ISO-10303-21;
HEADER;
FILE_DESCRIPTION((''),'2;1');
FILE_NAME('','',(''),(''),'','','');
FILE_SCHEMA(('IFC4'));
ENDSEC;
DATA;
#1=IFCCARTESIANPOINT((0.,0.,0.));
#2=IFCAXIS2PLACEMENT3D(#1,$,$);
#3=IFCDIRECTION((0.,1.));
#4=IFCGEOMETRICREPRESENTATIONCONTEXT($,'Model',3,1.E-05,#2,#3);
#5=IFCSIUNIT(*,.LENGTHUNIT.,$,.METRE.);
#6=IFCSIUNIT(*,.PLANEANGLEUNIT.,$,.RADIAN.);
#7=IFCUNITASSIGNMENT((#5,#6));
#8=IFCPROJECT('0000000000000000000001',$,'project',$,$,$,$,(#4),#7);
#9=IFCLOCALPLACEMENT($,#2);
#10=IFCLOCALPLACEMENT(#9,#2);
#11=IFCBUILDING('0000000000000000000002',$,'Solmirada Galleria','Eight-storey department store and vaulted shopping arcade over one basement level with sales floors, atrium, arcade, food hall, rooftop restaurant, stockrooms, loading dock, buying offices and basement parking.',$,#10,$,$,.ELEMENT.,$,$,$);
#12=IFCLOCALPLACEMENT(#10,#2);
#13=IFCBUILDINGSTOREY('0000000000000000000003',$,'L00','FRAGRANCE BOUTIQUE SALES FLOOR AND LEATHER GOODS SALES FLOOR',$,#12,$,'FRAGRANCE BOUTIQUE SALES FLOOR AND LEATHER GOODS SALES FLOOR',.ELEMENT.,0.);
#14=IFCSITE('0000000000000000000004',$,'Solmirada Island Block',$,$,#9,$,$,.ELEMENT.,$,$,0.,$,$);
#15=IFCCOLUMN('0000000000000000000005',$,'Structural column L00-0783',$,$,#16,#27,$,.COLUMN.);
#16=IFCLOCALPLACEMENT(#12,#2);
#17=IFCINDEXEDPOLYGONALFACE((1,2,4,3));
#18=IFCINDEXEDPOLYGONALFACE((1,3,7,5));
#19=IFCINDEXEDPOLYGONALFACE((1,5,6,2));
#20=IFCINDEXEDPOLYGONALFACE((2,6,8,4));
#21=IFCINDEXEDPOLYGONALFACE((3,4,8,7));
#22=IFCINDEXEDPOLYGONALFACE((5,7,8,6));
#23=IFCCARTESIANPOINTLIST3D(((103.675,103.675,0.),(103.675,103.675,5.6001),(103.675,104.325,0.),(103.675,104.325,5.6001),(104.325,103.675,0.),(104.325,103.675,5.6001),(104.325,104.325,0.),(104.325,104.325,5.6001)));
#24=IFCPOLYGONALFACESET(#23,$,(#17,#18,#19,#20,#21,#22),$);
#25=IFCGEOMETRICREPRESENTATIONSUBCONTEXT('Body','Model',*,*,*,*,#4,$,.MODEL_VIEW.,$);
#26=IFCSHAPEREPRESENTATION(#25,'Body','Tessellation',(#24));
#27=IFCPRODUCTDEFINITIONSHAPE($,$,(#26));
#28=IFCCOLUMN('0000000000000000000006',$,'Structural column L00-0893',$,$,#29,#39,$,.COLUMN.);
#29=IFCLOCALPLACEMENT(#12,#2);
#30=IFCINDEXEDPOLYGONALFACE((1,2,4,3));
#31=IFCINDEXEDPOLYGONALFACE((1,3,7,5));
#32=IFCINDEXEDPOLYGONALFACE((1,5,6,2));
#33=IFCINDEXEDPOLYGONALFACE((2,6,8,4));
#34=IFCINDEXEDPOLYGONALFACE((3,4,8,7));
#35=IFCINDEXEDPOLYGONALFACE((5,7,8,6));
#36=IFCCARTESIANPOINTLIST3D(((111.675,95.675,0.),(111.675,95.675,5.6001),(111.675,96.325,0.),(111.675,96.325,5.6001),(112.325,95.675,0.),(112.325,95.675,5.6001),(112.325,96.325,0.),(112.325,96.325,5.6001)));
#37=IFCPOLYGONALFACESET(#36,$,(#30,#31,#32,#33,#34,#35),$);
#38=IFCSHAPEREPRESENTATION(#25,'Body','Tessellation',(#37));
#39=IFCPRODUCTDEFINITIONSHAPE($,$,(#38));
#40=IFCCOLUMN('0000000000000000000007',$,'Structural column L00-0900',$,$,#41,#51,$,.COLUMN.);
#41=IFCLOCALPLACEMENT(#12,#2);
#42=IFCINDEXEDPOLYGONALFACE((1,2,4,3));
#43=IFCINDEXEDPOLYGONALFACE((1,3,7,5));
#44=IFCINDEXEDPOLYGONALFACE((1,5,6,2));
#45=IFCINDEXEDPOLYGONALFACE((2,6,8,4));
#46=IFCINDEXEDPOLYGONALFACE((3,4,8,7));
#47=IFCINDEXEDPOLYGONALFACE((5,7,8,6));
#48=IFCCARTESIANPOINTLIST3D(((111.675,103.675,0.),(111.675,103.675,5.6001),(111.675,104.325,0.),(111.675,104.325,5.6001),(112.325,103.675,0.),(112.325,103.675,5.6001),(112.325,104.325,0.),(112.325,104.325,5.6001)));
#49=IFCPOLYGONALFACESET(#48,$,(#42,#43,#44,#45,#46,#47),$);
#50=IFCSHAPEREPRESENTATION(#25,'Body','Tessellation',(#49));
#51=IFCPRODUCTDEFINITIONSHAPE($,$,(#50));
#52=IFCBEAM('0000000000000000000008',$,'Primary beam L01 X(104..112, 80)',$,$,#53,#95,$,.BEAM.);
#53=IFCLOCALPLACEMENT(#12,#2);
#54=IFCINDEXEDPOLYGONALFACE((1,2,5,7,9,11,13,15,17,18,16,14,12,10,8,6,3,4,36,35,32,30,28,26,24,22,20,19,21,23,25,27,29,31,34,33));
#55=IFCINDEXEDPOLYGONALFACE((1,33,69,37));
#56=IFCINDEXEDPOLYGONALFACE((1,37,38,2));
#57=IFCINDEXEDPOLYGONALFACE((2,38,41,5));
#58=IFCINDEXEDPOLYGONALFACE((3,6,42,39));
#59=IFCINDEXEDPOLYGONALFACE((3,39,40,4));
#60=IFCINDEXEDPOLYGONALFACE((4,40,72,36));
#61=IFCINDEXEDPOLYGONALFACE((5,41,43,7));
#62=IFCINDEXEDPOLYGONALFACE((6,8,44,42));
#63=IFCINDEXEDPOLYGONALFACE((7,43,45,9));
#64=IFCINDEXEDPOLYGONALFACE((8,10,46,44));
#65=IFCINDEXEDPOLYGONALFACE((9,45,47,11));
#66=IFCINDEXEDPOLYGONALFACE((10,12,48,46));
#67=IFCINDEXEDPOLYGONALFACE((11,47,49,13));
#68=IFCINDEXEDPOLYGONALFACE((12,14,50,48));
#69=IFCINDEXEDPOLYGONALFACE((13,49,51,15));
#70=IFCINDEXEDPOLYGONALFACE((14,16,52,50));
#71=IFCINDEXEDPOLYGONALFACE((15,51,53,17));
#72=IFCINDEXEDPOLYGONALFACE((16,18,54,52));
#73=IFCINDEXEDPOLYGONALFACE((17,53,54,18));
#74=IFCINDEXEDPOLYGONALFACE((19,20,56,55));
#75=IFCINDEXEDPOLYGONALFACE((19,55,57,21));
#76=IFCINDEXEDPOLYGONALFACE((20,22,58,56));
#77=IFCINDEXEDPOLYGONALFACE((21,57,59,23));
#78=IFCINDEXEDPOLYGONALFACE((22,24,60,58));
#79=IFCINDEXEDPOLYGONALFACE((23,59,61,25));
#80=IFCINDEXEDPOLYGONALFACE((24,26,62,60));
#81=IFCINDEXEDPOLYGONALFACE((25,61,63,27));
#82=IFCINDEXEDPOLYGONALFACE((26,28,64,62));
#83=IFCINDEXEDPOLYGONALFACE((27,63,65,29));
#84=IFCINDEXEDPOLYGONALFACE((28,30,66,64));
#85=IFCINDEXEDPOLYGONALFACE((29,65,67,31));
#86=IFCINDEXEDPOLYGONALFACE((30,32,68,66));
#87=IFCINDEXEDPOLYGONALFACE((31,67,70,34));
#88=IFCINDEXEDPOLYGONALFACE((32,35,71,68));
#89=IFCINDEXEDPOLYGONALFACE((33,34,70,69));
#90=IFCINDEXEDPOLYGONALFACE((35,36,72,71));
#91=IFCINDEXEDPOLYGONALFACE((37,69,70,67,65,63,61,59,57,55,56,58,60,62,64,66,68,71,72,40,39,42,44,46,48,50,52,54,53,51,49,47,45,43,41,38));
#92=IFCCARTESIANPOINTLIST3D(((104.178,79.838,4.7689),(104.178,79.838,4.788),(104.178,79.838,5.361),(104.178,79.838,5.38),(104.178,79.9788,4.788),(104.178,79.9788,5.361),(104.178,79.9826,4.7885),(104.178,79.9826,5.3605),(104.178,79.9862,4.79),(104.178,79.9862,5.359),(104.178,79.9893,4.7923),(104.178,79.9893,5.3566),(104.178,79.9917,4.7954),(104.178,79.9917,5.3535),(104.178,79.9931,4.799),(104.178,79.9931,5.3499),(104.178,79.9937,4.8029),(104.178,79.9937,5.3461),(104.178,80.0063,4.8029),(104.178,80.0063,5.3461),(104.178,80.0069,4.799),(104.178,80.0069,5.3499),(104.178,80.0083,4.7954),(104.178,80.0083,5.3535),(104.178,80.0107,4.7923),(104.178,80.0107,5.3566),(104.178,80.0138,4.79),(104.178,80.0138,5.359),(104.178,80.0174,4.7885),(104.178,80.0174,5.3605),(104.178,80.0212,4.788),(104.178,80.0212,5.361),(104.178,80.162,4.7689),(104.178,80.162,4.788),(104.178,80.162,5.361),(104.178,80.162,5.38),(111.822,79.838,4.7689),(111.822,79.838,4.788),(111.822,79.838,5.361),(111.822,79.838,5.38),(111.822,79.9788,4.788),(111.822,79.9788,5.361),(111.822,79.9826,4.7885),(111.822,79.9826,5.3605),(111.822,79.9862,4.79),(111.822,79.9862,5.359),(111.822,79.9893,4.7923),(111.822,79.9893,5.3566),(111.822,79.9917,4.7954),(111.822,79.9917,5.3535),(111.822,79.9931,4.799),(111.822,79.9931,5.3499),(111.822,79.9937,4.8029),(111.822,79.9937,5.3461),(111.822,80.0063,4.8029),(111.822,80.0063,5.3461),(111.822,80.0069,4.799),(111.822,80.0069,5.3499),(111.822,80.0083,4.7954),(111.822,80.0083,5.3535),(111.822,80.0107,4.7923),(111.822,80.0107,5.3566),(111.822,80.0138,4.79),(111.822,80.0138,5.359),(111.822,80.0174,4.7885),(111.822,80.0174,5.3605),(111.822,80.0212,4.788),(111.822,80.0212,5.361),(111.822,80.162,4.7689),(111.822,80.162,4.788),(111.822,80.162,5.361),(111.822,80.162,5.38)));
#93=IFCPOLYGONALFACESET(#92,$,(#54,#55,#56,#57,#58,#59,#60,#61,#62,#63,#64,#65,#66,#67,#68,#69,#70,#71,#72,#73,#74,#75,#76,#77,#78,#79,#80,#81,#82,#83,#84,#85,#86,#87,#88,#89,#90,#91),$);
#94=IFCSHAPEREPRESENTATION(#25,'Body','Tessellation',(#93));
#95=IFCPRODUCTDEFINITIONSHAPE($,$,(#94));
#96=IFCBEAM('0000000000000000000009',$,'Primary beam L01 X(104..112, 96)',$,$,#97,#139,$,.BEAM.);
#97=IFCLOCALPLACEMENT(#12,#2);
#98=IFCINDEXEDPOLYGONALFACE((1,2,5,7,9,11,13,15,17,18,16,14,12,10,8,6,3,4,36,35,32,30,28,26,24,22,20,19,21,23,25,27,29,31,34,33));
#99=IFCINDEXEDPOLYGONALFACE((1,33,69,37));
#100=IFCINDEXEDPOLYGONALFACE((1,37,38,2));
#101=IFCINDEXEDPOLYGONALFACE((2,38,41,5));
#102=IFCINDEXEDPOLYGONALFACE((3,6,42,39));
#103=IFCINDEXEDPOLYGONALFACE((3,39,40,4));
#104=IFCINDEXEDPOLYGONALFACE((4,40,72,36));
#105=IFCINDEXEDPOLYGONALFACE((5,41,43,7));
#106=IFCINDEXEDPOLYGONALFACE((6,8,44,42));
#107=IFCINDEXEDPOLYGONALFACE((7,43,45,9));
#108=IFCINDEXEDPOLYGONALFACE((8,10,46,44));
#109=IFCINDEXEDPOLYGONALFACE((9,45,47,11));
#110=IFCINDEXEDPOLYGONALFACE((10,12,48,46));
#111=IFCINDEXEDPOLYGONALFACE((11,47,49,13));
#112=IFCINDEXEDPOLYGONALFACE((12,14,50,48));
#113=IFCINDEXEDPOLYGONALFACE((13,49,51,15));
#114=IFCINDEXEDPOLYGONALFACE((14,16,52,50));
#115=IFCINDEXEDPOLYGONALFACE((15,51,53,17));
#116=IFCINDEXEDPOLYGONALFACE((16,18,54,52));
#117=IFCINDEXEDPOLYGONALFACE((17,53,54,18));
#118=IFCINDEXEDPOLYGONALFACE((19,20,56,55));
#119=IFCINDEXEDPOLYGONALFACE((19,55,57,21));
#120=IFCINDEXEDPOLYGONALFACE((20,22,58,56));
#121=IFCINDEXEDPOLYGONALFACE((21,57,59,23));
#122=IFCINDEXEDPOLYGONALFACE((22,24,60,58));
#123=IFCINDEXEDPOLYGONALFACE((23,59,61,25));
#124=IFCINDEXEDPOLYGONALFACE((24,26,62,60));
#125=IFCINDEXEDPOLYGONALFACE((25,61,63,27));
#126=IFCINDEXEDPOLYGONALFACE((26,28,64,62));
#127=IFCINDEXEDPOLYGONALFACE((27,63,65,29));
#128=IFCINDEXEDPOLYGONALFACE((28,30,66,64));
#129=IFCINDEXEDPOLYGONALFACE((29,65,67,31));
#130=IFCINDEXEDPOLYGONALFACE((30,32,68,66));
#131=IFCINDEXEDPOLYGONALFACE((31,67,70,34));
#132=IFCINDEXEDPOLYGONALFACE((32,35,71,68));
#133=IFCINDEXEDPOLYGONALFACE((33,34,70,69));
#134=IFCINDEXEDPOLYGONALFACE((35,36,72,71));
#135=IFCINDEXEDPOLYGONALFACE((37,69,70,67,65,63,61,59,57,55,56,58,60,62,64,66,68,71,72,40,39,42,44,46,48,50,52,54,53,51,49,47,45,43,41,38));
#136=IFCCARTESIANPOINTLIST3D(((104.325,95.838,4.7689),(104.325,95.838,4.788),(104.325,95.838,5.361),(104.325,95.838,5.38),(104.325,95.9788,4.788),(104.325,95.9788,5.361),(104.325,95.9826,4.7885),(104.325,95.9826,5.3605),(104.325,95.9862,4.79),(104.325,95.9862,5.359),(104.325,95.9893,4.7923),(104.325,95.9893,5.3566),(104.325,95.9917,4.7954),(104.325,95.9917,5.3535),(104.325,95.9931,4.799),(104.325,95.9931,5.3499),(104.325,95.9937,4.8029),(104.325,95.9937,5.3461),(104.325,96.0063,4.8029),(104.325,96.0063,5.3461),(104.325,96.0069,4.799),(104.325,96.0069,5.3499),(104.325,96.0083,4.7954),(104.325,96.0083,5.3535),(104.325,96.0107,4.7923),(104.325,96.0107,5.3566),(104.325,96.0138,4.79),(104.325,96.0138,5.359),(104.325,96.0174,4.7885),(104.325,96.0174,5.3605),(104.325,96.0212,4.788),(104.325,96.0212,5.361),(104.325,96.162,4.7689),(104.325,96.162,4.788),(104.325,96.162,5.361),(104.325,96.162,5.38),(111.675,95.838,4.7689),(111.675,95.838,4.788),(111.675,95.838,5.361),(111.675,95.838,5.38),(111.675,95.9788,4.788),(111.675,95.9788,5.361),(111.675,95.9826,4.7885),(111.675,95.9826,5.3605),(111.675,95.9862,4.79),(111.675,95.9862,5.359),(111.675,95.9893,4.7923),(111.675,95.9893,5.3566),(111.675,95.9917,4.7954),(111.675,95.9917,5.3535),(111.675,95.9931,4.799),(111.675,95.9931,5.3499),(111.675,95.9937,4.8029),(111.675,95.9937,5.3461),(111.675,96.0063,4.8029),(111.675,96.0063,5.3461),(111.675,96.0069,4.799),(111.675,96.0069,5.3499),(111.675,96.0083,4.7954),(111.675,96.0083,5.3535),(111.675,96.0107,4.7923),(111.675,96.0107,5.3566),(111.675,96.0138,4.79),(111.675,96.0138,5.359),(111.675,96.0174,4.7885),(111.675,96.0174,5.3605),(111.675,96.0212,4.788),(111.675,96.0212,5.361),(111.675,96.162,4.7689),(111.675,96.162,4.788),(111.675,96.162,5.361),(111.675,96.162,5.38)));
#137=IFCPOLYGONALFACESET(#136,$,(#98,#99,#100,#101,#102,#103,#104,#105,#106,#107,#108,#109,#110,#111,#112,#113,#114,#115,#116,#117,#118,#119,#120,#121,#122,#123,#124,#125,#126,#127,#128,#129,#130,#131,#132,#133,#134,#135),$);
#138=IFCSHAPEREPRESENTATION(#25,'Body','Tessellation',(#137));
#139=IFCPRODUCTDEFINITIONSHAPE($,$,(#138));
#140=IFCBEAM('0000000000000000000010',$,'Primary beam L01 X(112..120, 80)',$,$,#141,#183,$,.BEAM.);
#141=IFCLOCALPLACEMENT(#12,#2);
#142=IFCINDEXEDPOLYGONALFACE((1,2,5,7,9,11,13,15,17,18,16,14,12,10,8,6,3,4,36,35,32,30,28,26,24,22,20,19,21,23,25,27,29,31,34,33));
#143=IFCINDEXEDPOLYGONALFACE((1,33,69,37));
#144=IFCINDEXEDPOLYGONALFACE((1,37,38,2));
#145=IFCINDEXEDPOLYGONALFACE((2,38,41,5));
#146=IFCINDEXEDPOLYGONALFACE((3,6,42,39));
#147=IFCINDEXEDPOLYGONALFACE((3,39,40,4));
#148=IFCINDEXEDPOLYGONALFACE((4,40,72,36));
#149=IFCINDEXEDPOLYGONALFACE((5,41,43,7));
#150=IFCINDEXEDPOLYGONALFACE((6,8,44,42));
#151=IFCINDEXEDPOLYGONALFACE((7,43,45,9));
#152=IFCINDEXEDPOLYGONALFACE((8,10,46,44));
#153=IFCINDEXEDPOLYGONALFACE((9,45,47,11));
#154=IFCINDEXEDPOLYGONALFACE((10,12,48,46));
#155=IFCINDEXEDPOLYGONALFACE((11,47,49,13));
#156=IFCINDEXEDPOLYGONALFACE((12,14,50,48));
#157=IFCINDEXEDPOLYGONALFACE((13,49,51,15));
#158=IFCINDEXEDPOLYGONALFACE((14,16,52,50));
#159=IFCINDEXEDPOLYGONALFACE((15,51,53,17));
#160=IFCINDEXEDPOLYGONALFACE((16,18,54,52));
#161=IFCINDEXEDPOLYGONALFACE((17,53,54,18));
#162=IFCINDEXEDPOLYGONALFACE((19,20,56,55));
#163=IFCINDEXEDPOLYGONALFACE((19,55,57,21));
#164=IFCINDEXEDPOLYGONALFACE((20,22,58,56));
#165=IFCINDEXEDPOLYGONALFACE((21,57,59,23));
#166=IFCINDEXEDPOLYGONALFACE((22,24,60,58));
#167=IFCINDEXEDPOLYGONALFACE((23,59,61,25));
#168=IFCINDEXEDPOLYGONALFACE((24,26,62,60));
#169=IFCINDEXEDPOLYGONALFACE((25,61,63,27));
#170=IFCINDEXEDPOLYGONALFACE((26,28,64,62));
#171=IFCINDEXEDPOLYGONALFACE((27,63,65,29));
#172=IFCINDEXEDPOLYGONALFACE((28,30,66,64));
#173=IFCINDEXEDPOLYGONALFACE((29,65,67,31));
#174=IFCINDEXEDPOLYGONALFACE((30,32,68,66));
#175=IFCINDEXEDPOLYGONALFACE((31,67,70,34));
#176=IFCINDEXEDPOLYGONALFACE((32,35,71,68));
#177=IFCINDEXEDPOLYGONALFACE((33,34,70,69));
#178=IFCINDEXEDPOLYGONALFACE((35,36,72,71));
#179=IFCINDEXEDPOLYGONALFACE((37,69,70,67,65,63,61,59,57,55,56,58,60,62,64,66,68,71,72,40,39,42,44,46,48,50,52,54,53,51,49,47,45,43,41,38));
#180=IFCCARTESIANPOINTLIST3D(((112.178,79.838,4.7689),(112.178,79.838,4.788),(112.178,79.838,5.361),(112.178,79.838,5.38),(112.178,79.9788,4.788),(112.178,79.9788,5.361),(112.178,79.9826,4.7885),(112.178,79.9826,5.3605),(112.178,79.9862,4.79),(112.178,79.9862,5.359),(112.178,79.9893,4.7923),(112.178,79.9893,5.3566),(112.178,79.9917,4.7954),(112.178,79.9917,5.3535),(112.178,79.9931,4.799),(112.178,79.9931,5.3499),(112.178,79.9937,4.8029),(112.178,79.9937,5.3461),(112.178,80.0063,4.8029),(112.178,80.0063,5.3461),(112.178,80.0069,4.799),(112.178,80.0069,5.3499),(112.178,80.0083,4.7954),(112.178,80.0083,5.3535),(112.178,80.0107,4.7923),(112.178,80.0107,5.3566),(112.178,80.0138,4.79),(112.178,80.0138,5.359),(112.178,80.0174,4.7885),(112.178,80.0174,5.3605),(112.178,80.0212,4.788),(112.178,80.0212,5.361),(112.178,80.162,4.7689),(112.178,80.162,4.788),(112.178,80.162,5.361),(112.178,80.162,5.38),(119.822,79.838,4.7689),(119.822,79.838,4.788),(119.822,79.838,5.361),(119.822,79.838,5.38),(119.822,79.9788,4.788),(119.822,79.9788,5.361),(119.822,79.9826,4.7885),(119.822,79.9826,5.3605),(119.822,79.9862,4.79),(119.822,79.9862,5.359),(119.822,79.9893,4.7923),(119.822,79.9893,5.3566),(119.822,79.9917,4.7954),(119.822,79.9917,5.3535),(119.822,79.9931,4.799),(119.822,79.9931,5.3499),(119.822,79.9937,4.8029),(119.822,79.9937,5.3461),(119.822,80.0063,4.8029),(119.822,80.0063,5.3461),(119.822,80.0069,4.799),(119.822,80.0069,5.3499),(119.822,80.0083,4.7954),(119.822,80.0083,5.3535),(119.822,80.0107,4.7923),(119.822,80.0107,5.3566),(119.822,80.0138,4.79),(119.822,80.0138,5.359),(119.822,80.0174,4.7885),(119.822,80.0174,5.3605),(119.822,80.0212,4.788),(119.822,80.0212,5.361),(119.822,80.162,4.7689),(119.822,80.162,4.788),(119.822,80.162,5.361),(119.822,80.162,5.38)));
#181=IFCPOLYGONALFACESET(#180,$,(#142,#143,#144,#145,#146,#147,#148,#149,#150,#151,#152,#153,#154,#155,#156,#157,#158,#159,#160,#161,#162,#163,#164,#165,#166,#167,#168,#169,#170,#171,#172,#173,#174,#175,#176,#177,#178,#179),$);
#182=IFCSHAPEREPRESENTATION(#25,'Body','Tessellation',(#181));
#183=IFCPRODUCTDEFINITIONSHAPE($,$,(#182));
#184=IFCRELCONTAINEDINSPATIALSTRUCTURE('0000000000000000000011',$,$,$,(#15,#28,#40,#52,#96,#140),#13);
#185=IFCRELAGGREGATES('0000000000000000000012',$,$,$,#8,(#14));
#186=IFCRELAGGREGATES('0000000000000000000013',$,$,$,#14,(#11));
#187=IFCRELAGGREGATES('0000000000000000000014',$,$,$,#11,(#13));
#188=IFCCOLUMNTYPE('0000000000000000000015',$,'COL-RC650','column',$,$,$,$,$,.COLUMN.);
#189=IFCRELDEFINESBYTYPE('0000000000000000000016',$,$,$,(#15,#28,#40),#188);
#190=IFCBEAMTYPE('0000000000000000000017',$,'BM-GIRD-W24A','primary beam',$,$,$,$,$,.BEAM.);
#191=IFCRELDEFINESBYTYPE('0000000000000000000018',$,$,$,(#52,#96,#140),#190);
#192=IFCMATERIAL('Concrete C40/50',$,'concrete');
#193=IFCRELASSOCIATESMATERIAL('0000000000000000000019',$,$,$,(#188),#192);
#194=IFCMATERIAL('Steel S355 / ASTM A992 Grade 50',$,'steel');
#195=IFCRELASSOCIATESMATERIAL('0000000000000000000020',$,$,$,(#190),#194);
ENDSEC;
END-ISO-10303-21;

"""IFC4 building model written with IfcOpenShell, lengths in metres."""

from ifc_helpers import new_model, si_unit, direction, frame, origin, origin_2d, place, context, subcontext, project, spatial, rectangle, i_section, extrude, material, material_profile, profile_set, type_object, element, save


model = new_model("IFC4")

# Units and contexts
model_context = context("Model", 3, precision=1e-05, world=origin(), true_north=direction((0.0, 1.0)))
body_context = subcontext(model_context, "Body", "Model", "MODEL_VIEW")
ifc_project = project(units=[si_unit("LENGTHUNIT", "METRE"), si_unit("PLANEANGLEUNIT", "RADIAN")], contexts=[model_context])

# Site, building, storey
site_placement = place(None, origin())
site = spatial("IfcSite", under=ifc_project, at=site_placement, Name="Solmirada Island Block", CompositionType="ELEMENT", RefElevation=0.0)
building_placement = place(site_placement, origin())
building = spatial("IfcBuilding", under=site, at=building_placement, Name="Solmirada Galleria", Description="Eight-storey department store and vaulted shopping arcade over one basement level with sales floors, atrium, arcade, food hall, rooftop restaurant, stockrooms, loading dock, buying offices and basement parking.", CompositionType="ELEMENT")
storey_placement = place(building_placement, origin())
storey = spatial("IfcBuildingStorey", under=building, at=storey_placement, Name="L00", Description="FRAGRANCE BOUTIQUE SALES FLOOR AND LEATHER GOODS SALES FLOOR", LongName="FRAGRANCE BOUTIQUE SALES FLOOR AND LEATHER GOODS SALES FLOOR", CompositionType="ELEMENT", Elevation=0.0)

# Columns
ifc_material_1 = material(Name="Concrete C40/50", Category="concrete")
ifc_material_profile_1 = material_profile(ifc_material_1, rectangle(XDim=0.6499, YDim=0.6499, at=origin_2d()), Name="RC650X650")
ifc_profile_set_1 = profile_set([ifc_material_profile_1], Name="Concrete C40/50")
column_type_1 = type_object("IfcColumnType", Name="COL-RC650", Description="column", PredefinedType="COLUMN", material=ifc_profile_set_1)
for number, where, z_axis, x_axis, name in (
    (1, (104.0, 104.0, 0.0), (0.0, 0.0, 1.0), (1.0, 0.0, 0.0), "Structural column L00-0783"),
    (2, (112.0, 96.0, 0.0), (0.0, 0.0, 1.0), (1.0, 0.0, 0.0), "Structural column L00-0893"),
    (3, (112.0, 104.0, 0.0), (0.0, 0.0, 1.0), (1.0, 0.0, 0.0), "Structural column L00-0900"),
):
    element("IfcColumn", number, at=place(storey_placement, frame(where, z_axis=z_axis, x_axis=x_axis)), inside=storey, type_object=column_type_1, Name=name, PredefinedType="COLUMN", context=body_context, shape_type="SweptSolid", body=[
        extrude(rectangle(XDim=0.6499, YDim=0.6499, at=origin_2d()), origin(), (0.0, 0.0, 1.0), 5.6001),
    ])

# Beams
ifc_material_2 = material(Name="Steel S355 / ASTM A992 Grade 50", Category="steel")
ifc_material_profile_2 = material_profile(ifc_material_2, i_section(OverallWidth=0.324, OverallDepth=0.6111, WebThickness=0.0127, FlangeThickness=0.019, FilletRadius=0.0149, at=origin_2d()), Name="W24X104")
ifc_profile_set_2 = profile_set([ifc_material_profile_2], Name="Steel S355 / ASTM A992 Grade 50")
beam_type_1 = type_object("IfcBeamType", Name="BM-GIRD-W24A", Description="primary beam", PredefinedType="BEAM", material=ifc_profile_set_2)
beam_1_placement = place(storey_placement, frame((104.178, 80.0, 5.0745), z_axis=(1.0, 0.0, 0.0), x_axis=(0.0, 1.0, 0.0)))
element("IfcBeam", 4, at=beam_1_placement, inside=storey, type_object=beam_type_1, Name="Primary beam L01 X(104..112, 80)", PredefinedType="BEAM", context=body_context, shape_type="SweptSolid", body=[
    extrude(i_section(OverallWidth=0.324, OverallDepth=0.6111, WebThickness=0.0127, FlangeThickness=0.019, FilletRadius=0.0149, at=origin_2d()), origin(), (0.0, 0.0, 1.0), 7.644),
])
beam_2_placement = place(storey_placement, frame((104.325, 96.0, 5.0745), z_axis=(1.0, 0.0, 0.0), x_axis=(0.0, 1.0, 0.0)))
element("IfcBeam", 5, at=beam_2_placement, inside=storey, type_object=beam_type_1, Name="Primary beam L01 X(104..112, 96)", PredefinedType="BEAM", context=body_context, shape_type="SweptSolid", body=[
    extrude(i_section(OverallWidth=0.324, OverallDepth=0.6111, WebThickness=0.0127, FlangeThickness=0.019, FilletRadius=0.0149, at=origin_2d()), origin(), (0.0, 0.0, 1.0), 7.3501),
])
beam_3_placement = place(storey_placement, frame((112.178, 80.0, 5.0745), z_axis=(1.0, 0.0, 0.0), x_axis=(0.0, 1.0, 0.0)))
element("IfcBeam", 6, at=beam_3_placement, inside=storey, type_object=beam_type_1, Name="Primary beam L01 X(112..120, 80)", PredefinedType="BEAM", context=body_context, shape_type="SweptSolid", body=[
    extrude(i_section(OverallWidth=0.324, OverallDepth=0.6111, WebThickness=0.0127, FlangeThickness=0.019, FilletRadius=0.0149, at=origin_2d()), origin(), (0.0, 0.0, 1.0), 7.644),
])

save(model, "model.ifc")
